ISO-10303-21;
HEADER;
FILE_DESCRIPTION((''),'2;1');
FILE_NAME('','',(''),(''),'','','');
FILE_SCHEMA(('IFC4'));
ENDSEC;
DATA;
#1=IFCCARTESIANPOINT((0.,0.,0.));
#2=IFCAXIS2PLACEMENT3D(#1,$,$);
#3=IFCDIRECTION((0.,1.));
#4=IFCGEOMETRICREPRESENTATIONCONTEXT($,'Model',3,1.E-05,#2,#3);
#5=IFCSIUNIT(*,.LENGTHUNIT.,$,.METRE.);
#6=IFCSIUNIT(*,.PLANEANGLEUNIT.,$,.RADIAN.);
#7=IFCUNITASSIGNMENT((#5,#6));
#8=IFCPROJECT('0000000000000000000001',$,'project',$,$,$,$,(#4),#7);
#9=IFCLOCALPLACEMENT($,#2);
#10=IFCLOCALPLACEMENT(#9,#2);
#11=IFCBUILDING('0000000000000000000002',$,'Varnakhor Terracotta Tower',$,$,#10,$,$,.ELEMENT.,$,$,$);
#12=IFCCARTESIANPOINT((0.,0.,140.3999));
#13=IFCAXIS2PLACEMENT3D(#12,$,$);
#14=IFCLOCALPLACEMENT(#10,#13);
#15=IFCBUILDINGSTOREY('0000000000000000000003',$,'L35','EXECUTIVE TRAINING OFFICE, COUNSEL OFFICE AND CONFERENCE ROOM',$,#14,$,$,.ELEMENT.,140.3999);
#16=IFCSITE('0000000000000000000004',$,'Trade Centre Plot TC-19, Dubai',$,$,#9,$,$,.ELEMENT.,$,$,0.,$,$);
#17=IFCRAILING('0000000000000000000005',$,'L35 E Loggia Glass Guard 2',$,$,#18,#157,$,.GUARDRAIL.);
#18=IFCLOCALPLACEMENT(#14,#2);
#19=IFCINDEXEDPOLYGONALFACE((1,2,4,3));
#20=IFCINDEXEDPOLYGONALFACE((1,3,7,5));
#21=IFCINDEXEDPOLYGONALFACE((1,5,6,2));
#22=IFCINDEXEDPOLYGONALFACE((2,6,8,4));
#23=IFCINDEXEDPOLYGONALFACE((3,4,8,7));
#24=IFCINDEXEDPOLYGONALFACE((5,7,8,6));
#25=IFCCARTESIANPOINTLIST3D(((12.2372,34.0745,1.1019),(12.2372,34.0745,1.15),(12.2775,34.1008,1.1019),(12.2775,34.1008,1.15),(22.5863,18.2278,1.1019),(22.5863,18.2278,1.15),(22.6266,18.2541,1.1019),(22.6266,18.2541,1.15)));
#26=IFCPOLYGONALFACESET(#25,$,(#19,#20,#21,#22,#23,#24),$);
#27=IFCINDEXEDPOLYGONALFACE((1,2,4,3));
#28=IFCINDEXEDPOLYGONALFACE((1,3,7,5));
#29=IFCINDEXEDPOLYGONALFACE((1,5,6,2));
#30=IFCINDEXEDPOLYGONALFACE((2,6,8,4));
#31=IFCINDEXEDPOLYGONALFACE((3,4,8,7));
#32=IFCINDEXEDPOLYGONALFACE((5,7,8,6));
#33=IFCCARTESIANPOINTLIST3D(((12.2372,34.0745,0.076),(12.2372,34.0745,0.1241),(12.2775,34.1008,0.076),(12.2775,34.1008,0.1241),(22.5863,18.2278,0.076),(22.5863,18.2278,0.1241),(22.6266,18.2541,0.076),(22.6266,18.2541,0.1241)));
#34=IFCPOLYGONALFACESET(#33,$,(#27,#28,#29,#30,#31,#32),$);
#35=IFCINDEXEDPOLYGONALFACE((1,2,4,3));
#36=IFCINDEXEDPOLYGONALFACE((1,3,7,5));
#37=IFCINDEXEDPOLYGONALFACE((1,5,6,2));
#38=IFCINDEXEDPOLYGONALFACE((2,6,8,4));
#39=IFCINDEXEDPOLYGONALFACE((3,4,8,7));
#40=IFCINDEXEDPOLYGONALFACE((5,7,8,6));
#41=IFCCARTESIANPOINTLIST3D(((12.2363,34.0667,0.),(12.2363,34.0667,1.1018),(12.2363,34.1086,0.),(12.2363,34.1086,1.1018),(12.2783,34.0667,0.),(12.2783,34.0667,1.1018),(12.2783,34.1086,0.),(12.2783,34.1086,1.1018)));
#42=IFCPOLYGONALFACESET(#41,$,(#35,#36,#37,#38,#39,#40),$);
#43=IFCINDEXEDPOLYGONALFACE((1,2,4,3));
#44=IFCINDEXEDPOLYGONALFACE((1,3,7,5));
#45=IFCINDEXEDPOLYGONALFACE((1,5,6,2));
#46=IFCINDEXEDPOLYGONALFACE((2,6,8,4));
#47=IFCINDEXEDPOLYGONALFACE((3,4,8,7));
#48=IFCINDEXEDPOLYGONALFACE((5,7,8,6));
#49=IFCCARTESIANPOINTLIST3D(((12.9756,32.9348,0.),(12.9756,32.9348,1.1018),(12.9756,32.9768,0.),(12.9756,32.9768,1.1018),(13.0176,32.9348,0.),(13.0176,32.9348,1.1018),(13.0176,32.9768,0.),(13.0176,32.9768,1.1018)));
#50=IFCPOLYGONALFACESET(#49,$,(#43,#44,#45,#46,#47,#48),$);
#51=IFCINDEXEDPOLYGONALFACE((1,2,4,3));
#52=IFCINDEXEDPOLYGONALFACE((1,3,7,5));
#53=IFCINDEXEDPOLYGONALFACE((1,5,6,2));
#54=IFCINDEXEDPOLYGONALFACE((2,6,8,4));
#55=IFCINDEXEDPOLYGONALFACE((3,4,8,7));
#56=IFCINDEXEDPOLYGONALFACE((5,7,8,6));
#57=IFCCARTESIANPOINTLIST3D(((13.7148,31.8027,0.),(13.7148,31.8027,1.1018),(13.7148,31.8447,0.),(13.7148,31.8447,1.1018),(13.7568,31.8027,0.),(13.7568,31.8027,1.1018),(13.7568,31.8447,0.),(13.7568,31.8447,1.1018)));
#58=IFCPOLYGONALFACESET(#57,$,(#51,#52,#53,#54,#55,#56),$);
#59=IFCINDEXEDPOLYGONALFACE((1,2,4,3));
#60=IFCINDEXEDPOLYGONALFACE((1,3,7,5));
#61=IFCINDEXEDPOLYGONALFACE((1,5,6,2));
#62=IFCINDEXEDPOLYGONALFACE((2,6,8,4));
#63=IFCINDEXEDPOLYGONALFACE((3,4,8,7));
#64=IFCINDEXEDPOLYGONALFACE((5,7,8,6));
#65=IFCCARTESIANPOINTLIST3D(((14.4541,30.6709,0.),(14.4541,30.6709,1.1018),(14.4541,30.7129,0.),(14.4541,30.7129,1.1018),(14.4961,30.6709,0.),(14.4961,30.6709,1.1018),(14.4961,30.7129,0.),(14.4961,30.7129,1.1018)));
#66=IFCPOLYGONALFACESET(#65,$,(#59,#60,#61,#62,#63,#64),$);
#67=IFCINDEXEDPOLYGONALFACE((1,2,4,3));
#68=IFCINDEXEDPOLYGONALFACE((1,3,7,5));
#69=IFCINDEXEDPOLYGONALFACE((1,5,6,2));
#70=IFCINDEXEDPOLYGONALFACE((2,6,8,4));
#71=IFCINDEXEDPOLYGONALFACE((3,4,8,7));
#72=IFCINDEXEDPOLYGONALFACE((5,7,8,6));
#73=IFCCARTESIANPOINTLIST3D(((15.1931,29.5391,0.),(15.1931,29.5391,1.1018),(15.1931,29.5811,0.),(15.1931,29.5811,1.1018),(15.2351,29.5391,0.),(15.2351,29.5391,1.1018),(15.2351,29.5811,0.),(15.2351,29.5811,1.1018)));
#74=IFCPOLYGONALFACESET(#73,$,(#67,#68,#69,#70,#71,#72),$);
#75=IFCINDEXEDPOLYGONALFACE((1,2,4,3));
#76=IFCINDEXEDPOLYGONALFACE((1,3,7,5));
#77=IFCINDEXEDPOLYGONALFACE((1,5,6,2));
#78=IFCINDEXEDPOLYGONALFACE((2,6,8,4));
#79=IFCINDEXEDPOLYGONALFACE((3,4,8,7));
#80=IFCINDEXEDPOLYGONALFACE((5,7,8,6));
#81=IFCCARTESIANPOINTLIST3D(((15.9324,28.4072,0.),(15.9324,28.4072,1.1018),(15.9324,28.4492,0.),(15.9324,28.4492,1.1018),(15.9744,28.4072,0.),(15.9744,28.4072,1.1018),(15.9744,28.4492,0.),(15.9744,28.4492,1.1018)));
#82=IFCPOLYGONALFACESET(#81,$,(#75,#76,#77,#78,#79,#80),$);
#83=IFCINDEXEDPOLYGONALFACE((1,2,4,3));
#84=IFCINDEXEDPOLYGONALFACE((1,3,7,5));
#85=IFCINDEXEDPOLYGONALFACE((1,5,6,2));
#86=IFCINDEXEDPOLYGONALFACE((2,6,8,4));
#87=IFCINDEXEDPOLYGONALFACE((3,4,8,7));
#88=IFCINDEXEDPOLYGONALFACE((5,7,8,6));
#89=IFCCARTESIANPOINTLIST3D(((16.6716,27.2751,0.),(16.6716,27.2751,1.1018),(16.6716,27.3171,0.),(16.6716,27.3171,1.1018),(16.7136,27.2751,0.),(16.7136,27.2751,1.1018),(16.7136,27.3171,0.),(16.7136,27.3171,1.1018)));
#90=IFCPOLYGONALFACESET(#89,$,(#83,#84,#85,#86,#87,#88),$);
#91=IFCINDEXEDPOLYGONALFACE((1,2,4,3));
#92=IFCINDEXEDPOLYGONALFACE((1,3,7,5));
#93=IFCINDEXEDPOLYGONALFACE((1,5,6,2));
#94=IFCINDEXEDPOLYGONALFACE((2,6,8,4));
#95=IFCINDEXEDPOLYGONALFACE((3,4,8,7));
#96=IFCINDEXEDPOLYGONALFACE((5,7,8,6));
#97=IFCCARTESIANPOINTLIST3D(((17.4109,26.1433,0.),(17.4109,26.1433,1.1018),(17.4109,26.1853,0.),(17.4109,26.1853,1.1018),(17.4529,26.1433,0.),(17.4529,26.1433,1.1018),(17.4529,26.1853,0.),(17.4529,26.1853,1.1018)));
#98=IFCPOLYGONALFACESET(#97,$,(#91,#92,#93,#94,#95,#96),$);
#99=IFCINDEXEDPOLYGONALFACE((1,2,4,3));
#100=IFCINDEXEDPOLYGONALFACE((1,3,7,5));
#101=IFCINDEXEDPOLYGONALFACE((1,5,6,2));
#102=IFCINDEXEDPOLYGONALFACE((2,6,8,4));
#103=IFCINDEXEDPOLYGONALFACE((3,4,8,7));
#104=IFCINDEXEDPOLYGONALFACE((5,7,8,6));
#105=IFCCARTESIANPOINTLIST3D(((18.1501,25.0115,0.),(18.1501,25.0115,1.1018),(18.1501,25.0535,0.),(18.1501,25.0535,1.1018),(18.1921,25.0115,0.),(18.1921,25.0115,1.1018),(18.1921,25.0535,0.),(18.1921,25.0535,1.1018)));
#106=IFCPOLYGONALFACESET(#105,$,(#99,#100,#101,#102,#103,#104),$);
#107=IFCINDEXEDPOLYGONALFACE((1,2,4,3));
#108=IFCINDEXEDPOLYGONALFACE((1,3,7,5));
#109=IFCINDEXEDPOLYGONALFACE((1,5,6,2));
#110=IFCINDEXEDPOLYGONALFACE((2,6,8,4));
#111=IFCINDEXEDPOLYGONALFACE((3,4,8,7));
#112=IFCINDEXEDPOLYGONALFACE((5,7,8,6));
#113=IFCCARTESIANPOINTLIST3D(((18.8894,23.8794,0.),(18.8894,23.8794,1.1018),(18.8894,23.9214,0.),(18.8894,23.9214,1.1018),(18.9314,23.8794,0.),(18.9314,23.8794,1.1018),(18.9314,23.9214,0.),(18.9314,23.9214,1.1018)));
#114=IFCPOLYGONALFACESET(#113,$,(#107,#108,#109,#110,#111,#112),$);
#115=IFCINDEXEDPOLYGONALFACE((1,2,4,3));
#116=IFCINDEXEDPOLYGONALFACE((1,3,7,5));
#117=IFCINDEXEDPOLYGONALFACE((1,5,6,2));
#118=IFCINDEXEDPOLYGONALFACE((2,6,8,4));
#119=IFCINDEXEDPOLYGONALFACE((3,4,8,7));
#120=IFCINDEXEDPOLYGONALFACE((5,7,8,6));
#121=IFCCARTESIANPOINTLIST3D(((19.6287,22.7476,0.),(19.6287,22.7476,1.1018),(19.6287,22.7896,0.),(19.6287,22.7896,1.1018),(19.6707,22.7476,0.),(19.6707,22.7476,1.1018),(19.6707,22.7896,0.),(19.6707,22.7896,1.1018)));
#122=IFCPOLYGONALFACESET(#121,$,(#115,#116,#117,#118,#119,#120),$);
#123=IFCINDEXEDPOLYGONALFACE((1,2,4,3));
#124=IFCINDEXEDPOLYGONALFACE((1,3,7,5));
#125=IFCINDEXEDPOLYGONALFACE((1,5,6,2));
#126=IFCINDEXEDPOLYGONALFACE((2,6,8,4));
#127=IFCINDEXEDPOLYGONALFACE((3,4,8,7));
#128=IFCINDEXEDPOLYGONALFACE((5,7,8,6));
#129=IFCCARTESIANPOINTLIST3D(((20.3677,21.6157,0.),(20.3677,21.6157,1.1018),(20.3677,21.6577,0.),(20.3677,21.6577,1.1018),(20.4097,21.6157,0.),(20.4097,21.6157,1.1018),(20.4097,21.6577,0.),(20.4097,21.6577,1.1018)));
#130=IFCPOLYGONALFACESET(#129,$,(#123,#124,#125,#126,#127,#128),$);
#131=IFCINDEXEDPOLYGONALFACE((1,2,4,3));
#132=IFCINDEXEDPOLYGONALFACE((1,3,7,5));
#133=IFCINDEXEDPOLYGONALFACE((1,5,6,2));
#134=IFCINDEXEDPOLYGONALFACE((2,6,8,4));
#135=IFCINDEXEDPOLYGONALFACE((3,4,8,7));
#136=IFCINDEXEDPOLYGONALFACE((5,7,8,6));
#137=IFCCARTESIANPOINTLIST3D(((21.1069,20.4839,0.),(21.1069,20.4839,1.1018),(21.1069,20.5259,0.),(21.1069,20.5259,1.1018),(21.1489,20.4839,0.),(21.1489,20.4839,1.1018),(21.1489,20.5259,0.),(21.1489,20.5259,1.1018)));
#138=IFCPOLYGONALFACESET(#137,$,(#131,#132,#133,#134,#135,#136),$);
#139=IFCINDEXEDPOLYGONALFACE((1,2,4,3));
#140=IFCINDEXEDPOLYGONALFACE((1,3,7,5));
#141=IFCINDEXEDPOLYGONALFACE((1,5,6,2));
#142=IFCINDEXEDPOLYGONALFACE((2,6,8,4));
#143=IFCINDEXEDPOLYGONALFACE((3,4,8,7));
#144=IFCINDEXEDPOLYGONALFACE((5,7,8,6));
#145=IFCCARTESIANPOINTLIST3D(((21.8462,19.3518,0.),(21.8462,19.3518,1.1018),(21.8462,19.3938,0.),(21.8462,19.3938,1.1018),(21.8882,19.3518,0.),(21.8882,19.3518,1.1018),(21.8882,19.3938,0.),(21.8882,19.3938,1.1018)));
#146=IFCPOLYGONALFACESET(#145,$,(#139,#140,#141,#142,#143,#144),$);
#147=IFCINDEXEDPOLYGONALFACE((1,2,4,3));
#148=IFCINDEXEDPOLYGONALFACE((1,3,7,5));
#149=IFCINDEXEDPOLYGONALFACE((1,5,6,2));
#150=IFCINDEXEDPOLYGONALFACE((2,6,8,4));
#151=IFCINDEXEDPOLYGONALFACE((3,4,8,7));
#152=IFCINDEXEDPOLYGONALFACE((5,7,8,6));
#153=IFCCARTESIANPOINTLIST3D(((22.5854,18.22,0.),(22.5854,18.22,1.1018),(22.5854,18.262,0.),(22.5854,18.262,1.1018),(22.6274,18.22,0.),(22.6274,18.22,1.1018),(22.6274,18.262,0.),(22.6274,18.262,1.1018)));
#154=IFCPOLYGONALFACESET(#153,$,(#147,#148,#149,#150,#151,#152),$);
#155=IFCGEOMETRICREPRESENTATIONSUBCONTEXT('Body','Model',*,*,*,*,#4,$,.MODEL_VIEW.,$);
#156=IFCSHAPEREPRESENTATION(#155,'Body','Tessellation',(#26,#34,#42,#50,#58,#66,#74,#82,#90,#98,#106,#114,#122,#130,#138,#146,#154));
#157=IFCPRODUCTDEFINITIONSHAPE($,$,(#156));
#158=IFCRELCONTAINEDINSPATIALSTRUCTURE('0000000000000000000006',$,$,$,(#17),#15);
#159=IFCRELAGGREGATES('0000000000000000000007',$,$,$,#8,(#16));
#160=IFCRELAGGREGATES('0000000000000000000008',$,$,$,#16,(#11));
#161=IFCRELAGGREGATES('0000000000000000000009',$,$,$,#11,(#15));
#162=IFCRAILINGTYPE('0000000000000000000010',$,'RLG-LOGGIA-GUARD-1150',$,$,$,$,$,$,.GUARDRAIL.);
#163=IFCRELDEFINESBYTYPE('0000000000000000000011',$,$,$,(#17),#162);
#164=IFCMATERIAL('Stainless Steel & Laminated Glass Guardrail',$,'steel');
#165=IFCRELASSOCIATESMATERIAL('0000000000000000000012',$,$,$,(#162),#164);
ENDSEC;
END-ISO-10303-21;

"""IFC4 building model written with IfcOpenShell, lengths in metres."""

from ifc_helpers import new_model, si_unit, direction, frame, origin, origin_2d, place, context, subcontext, project, spatial, rectangle, extrude, material, type_object, element, save


model = new_model("IFC4")

# Units and contexts
model_context = context("Model", 3, precision=1e-05, world=origin(), true_north=direction((0.0, 1.0)))
body_context = subcontext(model_context, "Body", "Model", "MODEL_VIEW")
ifc_project = project(units=[si_unit("LENGTHUNIT", "METRE"), si_unit("PLANEANGLEUNIT", "RADIAN")], contexts=[model_context])

# Site, building, storey
site_placement = place(None, origin())
site = spatial("IfcSite", under=ifc_project, at=site_placement, Name="Trade Centre Plot TC-19, Dubai", CompositionType="ELEMENT", RefElevation=0.0)
building_placement = place(site_placement, origin())
building = spatial("IfcBuilding", under=site, at=building_placement, Name="Varnakhor Terracotta Tower", CompositionType="ELEMENT")
storey_placement = place(building_placement, frame((0.0, 0.0, 140.3999)))
storey = spatial("IfcBuildingStorey", under=building, at=storey_placement, Name="L35", Description="EXECUTIVE TRAINING OFFICE, COUNSEL OFFICE AND CONFERENCE ROOM", CompositionType="ELEMENT", Elevation=140.3999)

# Railing
ifc_material_1 = material(Name="Stainless Steel & Laminated Glass Guardrail", Category="steel")
railing_type = type_object("IfcRailingType", Name="RLG-LOGGIA-GUARD-1150", PredefinedType="GUARDRAIL", material=ifc_material_1)
railing_1_placement = place(storey_placement, frame((12.2573, 34.0876, 0.0)))
element("IfcRailing", 1, at=railing_1_placement, inside=storey, type_object=railing_type, Name="L35 E Loggia Glass Guard 2", PredefinedType="GUARDRAIL", context=body_context, shape_type="SweptSolid", body=[
    extrude(rectangle(XDim=0.0481, YDim=0.0481, at=origin_2d()), frame((0.0, 0.0, 1.126), z_axis=(0.546799, -0.837264, 0.0), x_axis=(0.837264, 0.546799, 0.0)), (0.0, 0.0, 1.0), 18.9268),
    extrude(rectangle(XDim=0.0481, YDim=0.0481, at=origin_2d()), frame((0.0, 0.0, 0.1001), z_axis=(0.546799, -0.837264, 0.0), x_axis=(0.837264, 0.546799, 0.0)), (0.0, 0.0, 1.0), 18.9268),
    extrude(rectangle(XDim=0.042, YDim=0.042, at=origin_2d()), origin(), (0.0, 0.0, 1.0), 1.1018),
    extrude(rectangle(XDim=0.042, YDim=0.042, at=origin_2d()), frame((0.7393, -1.1318, 0.0)), (0.0, 0.0, 1.0), 1.1018),
    extrude(rectangle(XDim=0.042, YDim=0.042, at=origin_2d()), frame((1.4785, -2.2639, 0.0)), (0.0, 0.0, 1.0), 1.1018),
    extrude(rectangle(XDim=0.042, YDim=0.042, at=origin_2d()), frame((2.2178, -3.3958, 0.0)), (0.0, 0.0, 1.0), 1.1018),
    extrude(rectangle(XDim=0.042, YDim=0.042, at=origin_2d()), frame((2.9568, -4.5276, 0.0)), (0.0, 0.0, 1.0), 1.1018),
    extrude(rectangle(XDim=0.042, YDim=0.042, at=origin_2d()), frame((3.696, -5.6594, 0.0)), (0.0, 0.0, 1.0), 1.1018),
    extrude(rectangle(XDim=0.042, YDim=0.042, at=origin_2d()), frame((4.4353, -6.7915, 0.0)), (0.0, 0.0, 1.0), 1.1018),
    extrude(rectangle(XDim=0.042, YDim=0.042, at=origin_2d()), frame((5.1746, -7.9233, 0.0)), (0.0, 0.0, 1.0), 1.1018),
    extrude(rectangle(XDim=0.042, YDim=0.042, at=origin_2d()), frame((5.9138, -9.0552, 0.0)), (0.0, 0.0, 1.0), 1.1018),
    extrude(rectangle(XDim=0.042, YDim=0.042, at=origin_2d()), frame((6.6531, -10.1873, 0.0)), (0.0, 0.0, 1.0), 1.1018),
    extrude(rectangle(XDim=0.042, YDim=0.042, at=origin_2d()), frame((7.3923, -11.3191, 0.0)), (0.0, 0.0, 1.0), 1.1018),
    extrude(rectangle(XDim=0.042, YDim=0.042, at=origin_2d()), frame((8.1313, -12.4509, 0.0)), (0.0, 0.0, 1.0), 1.1018),
    extrude(rectangle(XDim=0.042, YDim=0.042, at=origin_2d()), frame((8.8706, -13.5828, 0.0)), (0.0, 0.0, 1.0), 1.1018),
    extrude(rectangle(XDim=0.042, YDim=0.042, at=origin_2d()), frame((9.6099, -14.7148, 0.0)), (0.0, 0.0, 1.0), 1.1018),
    extrude(rectangle(XDim=0.042, YDim=0.042, at=origin_2d()), frame((10.3491, -15.8467, 0.0)), (0.0, 0.0, 1.0), 1.1018),
])

save(model, "model.ifc")
